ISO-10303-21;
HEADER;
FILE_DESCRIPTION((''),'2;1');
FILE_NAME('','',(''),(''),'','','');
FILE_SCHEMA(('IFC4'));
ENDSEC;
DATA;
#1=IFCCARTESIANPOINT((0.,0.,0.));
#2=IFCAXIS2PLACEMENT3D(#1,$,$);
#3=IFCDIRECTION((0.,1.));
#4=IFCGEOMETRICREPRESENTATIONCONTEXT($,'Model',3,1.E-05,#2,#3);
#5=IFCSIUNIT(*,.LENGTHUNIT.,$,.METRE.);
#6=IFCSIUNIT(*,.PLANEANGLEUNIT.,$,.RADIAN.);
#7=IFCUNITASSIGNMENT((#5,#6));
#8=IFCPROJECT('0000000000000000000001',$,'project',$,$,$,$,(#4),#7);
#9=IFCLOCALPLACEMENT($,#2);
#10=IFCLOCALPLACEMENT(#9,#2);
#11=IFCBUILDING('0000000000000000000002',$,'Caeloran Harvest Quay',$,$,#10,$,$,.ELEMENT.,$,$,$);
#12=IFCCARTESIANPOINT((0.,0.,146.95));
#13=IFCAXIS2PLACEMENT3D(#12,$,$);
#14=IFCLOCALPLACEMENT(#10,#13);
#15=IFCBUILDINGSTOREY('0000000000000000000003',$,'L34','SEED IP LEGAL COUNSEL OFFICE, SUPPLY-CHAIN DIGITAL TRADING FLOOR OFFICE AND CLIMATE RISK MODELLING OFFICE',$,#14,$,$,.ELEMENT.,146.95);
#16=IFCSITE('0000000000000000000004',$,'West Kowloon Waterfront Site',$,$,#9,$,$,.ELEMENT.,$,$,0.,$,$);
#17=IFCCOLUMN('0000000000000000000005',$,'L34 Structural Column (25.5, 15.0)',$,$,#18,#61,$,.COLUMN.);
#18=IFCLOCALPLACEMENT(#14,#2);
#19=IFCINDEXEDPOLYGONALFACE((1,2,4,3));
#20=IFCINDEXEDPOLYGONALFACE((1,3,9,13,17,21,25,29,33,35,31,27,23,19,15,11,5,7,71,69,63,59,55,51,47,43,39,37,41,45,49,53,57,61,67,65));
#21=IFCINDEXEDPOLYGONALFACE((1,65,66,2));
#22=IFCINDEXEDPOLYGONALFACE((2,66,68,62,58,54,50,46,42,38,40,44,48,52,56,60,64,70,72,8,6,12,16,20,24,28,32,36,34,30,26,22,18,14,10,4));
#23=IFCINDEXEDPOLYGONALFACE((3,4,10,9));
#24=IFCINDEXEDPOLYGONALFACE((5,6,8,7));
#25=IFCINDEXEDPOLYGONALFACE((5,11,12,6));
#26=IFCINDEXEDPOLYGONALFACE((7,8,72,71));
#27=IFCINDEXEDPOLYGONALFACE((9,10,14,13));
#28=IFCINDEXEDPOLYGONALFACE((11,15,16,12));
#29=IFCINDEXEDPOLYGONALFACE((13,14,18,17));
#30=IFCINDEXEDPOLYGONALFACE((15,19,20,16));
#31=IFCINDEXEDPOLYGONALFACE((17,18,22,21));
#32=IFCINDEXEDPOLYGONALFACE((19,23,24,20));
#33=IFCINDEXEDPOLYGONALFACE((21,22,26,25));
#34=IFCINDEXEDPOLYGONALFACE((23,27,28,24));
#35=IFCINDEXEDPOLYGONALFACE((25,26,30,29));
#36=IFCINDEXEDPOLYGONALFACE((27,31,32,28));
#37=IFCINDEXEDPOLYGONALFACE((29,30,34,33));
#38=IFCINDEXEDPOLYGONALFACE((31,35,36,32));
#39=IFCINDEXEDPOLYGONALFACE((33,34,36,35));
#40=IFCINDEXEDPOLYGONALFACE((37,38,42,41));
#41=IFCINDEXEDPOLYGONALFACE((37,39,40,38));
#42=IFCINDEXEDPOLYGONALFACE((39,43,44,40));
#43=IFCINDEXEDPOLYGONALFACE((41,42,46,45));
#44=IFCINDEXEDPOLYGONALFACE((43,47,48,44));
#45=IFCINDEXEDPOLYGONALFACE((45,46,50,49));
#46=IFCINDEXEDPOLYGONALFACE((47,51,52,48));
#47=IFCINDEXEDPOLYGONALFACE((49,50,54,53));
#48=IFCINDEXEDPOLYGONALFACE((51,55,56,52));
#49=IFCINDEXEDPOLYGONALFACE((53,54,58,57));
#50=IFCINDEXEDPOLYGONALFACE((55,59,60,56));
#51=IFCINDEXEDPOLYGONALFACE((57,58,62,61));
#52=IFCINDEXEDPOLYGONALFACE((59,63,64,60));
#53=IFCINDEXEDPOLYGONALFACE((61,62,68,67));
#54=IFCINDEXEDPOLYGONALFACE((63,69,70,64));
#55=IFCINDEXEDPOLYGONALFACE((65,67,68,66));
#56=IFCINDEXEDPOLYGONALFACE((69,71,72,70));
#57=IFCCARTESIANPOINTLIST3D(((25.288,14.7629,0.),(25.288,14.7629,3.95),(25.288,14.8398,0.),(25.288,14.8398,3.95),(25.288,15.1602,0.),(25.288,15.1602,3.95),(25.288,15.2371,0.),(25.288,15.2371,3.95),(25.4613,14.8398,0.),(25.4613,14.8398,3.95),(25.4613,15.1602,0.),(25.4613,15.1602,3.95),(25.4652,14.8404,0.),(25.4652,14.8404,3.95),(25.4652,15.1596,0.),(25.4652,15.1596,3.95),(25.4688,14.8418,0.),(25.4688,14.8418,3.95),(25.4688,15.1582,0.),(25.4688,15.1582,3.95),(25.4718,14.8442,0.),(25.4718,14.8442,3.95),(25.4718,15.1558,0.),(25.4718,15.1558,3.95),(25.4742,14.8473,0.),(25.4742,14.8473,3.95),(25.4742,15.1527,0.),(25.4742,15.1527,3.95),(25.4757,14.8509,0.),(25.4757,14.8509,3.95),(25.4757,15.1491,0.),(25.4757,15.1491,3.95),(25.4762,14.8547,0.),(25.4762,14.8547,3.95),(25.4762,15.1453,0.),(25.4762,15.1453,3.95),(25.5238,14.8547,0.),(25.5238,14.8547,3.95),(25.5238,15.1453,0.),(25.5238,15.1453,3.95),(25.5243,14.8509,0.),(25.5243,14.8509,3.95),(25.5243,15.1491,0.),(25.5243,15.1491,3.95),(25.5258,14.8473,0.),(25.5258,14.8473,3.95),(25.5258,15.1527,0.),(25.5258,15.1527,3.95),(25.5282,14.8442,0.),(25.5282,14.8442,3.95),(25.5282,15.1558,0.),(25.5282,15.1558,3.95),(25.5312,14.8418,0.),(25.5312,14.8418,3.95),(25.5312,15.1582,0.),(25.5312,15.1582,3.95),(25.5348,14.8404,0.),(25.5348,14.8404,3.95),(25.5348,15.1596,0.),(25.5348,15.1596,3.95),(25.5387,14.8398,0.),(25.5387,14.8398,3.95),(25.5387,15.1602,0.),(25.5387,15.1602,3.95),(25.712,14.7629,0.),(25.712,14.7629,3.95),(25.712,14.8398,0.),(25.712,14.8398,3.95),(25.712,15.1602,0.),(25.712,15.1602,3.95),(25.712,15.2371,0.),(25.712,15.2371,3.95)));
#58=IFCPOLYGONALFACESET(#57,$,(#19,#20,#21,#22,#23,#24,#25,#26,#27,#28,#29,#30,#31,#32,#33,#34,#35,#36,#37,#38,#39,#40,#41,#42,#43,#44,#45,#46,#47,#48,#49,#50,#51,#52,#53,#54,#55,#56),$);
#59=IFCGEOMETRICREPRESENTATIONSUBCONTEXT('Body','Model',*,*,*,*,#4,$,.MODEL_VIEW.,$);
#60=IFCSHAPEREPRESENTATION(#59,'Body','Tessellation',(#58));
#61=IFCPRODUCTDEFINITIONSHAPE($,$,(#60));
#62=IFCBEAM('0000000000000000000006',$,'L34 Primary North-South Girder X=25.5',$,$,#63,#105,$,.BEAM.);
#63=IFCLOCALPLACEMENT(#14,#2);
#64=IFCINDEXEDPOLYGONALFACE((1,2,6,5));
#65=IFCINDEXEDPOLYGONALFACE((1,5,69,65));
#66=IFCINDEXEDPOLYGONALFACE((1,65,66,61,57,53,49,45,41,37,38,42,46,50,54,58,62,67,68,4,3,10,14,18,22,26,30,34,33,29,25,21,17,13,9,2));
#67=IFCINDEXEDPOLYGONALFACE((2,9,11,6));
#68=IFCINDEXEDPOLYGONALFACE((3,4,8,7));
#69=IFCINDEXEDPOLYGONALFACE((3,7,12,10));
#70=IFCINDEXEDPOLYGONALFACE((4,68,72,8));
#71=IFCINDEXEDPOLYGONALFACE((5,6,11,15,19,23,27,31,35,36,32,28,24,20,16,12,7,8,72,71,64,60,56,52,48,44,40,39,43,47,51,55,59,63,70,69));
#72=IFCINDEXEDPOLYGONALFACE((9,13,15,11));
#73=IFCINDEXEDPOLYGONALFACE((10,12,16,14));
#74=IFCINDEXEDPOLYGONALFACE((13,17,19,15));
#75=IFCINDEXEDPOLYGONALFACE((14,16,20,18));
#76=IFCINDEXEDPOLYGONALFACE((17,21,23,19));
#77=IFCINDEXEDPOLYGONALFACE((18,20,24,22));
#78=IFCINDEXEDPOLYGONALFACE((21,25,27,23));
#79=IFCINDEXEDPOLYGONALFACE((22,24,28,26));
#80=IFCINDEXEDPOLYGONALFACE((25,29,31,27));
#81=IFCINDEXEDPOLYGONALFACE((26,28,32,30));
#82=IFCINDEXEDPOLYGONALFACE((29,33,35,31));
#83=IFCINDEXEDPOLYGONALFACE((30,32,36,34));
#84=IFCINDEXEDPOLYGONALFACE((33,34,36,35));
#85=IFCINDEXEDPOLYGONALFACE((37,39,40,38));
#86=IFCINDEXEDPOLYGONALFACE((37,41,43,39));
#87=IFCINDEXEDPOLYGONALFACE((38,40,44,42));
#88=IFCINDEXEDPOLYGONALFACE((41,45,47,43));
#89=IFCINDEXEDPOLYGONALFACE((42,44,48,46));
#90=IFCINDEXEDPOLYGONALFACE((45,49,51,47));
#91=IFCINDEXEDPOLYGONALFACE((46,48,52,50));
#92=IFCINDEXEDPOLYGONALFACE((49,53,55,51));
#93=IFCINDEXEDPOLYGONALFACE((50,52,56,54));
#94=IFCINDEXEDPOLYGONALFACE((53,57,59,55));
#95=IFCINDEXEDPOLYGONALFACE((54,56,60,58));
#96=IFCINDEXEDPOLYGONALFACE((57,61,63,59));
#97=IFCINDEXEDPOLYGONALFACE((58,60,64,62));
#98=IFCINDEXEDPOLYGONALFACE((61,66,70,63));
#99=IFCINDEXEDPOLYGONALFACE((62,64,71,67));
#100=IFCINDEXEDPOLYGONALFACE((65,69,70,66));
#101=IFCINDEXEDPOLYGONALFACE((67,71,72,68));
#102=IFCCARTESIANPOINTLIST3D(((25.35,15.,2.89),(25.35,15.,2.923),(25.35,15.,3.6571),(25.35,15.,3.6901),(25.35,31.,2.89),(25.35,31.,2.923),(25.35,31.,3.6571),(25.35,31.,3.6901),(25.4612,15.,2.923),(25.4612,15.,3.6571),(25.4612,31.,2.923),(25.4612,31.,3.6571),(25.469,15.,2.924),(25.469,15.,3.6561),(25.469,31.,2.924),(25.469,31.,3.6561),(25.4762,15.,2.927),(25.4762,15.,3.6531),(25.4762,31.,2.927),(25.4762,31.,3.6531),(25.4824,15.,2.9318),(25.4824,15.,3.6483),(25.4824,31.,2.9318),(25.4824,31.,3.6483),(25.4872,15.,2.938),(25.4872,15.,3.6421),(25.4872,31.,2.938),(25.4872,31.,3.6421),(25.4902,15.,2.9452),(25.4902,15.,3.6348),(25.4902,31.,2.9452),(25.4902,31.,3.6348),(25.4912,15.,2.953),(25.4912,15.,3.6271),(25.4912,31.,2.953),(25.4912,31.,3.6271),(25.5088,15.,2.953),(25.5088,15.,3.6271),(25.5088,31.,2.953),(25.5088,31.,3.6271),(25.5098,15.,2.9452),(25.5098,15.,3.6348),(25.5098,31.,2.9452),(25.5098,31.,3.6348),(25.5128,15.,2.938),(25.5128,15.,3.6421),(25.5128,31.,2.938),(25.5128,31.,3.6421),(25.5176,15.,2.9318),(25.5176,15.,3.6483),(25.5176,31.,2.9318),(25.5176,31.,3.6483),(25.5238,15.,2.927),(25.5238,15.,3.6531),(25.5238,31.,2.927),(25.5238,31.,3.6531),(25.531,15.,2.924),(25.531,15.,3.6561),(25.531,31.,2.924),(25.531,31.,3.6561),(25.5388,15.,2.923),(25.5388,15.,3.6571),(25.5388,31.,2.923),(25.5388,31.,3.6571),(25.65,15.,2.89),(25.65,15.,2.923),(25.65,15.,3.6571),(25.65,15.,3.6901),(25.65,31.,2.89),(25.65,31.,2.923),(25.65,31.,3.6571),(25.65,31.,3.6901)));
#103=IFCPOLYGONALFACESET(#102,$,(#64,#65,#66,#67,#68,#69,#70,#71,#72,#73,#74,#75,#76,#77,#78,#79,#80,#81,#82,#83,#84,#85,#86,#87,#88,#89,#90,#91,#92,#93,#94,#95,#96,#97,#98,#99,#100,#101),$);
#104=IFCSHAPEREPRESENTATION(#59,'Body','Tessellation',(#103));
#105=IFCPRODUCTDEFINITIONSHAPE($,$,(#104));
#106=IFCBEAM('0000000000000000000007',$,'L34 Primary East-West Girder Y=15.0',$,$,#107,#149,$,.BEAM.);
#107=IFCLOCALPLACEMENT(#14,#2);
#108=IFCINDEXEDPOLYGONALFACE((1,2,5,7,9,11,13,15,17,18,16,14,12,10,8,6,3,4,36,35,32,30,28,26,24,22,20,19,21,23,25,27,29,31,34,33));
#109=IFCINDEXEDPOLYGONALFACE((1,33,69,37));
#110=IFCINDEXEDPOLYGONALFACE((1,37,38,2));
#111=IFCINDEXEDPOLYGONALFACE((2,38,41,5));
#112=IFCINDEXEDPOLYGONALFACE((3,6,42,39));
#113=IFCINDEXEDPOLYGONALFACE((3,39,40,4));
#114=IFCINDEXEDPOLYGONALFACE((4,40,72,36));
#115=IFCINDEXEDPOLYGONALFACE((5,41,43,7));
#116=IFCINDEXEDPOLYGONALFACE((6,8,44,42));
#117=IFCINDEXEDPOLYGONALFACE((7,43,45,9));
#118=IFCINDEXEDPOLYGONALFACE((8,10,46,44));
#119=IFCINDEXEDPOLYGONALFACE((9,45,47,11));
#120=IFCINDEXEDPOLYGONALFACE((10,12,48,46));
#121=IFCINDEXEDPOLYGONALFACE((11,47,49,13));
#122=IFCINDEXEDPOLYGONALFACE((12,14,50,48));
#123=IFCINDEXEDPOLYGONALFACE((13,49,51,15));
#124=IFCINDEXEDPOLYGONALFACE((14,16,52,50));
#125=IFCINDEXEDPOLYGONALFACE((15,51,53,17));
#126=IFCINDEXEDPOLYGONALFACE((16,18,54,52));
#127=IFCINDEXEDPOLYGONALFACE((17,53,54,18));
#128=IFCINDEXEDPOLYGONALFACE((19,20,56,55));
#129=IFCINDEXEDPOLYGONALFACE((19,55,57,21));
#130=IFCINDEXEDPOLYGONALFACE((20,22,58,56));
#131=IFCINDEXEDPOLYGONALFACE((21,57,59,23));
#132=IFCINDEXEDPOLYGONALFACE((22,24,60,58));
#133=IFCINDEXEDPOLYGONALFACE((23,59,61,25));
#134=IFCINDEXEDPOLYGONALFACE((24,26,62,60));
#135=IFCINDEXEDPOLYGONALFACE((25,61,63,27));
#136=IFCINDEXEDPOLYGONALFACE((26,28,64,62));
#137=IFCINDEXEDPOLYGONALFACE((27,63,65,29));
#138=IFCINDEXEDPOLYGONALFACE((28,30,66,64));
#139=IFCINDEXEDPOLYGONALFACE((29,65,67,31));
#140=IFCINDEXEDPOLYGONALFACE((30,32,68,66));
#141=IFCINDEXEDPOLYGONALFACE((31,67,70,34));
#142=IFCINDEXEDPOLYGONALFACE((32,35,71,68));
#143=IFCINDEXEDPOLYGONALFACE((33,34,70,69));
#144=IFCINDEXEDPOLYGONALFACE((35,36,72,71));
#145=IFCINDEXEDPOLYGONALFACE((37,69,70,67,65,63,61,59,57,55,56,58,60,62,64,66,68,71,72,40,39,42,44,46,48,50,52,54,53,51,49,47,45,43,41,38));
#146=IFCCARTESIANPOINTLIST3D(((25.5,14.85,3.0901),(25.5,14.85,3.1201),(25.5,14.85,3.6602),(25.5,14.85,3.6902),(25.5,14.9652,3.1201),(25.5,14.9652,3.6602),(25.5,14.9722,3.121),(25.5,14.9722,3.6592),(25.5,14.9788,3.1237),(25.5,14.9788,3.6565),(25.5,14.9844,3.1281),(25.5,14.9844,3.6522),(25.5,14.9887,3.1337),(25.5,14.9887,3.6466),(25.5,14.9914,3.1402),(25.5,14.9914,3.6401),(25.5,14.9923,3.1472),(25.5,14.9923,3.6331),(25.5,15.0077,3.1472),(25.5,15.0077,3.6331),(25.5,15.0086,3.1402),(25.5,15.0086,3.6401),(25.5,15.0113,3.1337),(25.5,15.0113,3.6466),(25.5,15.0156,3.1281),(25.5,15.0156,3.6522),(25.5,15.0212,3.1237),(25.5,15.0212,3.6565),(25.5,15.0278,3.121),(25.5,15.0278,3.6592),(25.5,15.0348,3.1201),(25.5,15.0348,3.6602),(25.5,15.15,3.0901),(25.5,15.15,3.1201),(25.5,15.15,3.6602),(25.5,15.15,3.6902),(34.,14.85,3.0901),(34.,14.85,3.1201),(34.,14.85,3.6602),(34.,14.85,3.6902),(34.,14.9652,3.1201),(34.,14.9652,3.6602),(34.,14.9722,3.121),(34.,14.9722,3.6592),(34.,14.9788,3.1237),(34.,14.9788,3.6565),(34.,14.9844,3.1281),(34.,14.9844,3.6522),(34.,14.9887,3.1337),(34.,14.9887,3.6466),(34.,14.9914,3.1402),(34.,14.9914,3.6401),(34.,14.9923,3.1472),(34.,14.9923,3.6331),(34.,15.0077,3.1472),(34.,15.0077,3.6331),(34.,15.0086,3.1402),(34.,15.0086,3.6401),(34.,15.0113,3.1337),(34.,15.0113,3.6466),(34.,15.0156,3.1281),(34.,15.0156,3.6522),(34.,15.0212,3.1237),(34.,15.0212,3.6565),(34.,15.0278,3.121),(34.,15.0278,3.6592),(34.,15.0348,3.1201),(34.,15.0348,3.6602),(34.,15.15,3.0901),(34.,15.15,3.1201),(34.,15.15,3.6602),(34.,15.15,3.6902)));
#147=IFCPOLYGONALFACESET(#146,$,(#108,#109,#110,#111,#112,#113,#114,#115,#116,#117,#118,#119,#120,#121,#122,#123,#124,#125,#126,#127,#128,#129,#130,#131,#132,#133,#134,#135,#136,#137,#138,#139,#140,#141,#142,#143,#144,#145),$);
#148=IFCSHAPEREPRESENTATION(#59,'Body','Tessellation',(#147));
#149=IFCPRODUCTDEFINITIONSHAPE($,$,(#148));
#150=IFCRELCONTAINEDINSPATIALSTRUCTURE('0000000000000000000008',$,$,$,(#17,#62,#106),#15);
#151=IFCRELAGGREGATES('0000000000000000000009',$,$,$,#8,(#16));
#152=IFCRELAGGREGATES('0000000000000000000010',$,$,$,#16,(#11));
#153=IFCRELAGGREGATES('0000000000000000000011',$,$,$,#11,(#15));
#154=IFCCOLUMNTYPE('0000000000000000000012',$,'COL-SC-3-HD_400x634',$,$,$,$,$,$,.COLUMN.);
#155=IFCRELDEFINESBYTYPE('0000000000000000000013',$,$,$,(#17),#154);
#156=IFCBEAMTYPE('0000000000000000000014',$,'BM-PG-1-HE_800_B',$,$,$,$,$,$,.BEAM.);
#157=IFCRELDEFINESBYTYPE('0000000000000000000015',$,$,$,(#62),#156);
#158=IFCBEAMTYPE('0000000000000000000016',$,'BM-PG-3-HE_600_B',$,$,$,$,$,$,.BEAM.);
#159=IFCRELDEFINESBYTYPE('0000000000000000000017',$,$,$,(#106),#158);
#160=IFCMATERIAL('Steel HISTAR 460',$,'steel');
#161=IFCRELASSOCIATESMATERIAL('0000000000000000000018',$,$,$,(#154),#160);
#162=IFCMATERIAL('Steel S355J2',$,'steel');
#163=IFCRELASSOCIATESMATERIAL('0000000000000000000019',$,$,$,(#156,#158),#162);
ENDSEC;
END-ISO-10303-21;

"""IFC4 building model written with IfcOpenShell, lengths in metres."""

from ifc_helpers import new_model, si_unit, direction, frame, origin, origin_2d, place, context, subcontext, project, spatial, i_section, extrude, material, material_profile, profile_set, type_object, element, save


model = new_model("IFC4")

# Units and contexts
model_context = context("Model", 3, precision=1e-05, world=origin(), true_north=direction((0.0, 1.0)))
body_context = subcontext(model_context, "Body", "Model", "MODEL_VIEW")
ifc_project = project(units=[si_unit("LENGTHUNIT", "METRE"), si_unit("PLANEANGLEUNIT", "RADIAN")], contexts=[model_context])

# Site, building, storey
site_placement = place(None, origin())
site = spatial("IfcSite", under=ifc_project, at=site_placement, Name="West Kowloon Waterfront Site", CompositionType="ELEMENT", RefElevation=0.0)
building_placement = place(site_placement, origin())
building = spatial("IfcBuilding", under=site, at=building_placement, Name="Caeloran Harvest Quay", CompositionType="ELEMENT")
storey_placement = place(building_placement, frame((0.0, 0.0, 146.95)))
storey = spatial("IfcBuildingStorey", under=building, at=storey_placement, Name="L34", Description="SEED IP LEGAL COUNSEL OFFICE, SUPPLY-CHAIN DIGITAL TRADING FLOOR OFFICE AND CLIMATE RISK MODELLING OFFICE", CompositionType="ELEMENT", Elevation=146.95)

# Column
ifc_material_1 = material(Name="Steel HISTAR 460", Category="steel")
ifc_material_profile_1 = material_profile(ifc_material_1, i_section(OverallWidth=0.4241, OverallDepth=0.4741, WebThickness=0.0476, FlangeThickness=0.0769, FilletRadius=0.0149, at=origin_2d()), Name="HD 400x634")
ifc_profile_set_1 = profile_set([ifc_material_profile_1], Name="Steel HISTAR 460")
column_type = type_object("IfcColumnType", Name="COL-SC-3-HD_400x634", PredefinedType="COLUMN", material=ifc_profile_set_1)
column_placement = place(storey_placement, frame((25.5, 15.0, 0.0), z_axis=(0.0, 0.0, 1.0), x_axis=(1.0, 0.0, 0.0)))
element("IfcColumn", 1, at=column_placement, inside=storey, type_object=column_type, Name="L34 Structural Column (25.5, 15.0)", PredefinedType="COLUMN", context=body_context, shape_type="SweptSolid", body=[
    extrude(i_section(OverallWidth=0.4241, OverallDepth=0.4741, WebThickness=0.0476, FlangeThickness=0.0769, FilletRadius=0.0149, at=origin_2d()), origin(), (0.0, 0.0, 1.0), 3.95),
])

# Beams
ifc_material_2 = material(Name="Steel S355J2", Category="steel")
ifc_material_profile_2 = material_profile(ifc_material_2, i_section(OverallWidth=0.3, OverallDepth=0.8, WebThickness=0.0176, FlangeThickness=0.033, FilletRadius=0.03, at=origin_2d()), Name="HE 800 B")
ifc_profile_set_2 = profile_set([ifc_material_profile_2], Name="Steel S355J2")
beam_type_1 = type_object("IfcBeamType", Name="BM-PG-1-HE_800_B", PredefinedType="BEAM", material=ifc_profile_set_2)
beam_1_placement = place(storey_placement, frame((25.5, 15.0, 3.29), z_axis=(0.0, 1.0, 0.0), x_axis=(-1.0, 0.0, 0.0)))
element("IfcBeam", 2, at=beam_1_placement, inside=storey, type_object=beam_type_1, Name="L34 Primary North-South Girder X=25.5", PredefinedType="BEAM", context=body_context, shape_type="SweptSolid", body=[
    extrude(i_section(OverallWidth=0.3, OverallDepth=0.8, WebThickness=0.0176, FlangeThickness=0.033, FilletRadius=0.03, at=origin_2d()), origin(), (0.0, 0.0, 1.0), 16.0),
])
ifc_material_profile_3 = material_profile(ifc_material_2, i_section(OverallWidth=0.3, OverallDepth=0.6001, WebThickness=0.0154, FlangeThickness=0.03, FilletRadius=0.0271, at=origin_2d()), Name="HE 600 B")
ifc_profile_set_3 = profile_set([ifc_material_profile_3], Name="Steel S355J2")
beam_type_2 = type_object("IfcBeamType", Name="BM-PG-3-HE_600_B", PredefinedType="BEAM", material=ifc_profile_set_3)
beam_2_placement = place(storey_placement, frame((25.5, 15.0, 3.3901), z_axis=(1.0, 0.0, 0.0), x_axis=(0.0, 1.0, 0.0)))
element("IfcBeam", 3, at=beam_2_placement, inside=storey, type_object=beam_type_2, Name="L34 Primary East-West Girder Y=15.0", PredefinedType="BEAM", context=body_context, shape_type="SweptSolid", body=[
    extrude(i_section(OverallWidth=0.3, OverallDepth=0.6001, WebThickness=0.0154, FlangeThickness=0.03, FilletRadius=0.0271, at=origin_2d()), origin(), (0.0, 0.0, 1.0), 8.5),
])

save(model, "model.ifc")
